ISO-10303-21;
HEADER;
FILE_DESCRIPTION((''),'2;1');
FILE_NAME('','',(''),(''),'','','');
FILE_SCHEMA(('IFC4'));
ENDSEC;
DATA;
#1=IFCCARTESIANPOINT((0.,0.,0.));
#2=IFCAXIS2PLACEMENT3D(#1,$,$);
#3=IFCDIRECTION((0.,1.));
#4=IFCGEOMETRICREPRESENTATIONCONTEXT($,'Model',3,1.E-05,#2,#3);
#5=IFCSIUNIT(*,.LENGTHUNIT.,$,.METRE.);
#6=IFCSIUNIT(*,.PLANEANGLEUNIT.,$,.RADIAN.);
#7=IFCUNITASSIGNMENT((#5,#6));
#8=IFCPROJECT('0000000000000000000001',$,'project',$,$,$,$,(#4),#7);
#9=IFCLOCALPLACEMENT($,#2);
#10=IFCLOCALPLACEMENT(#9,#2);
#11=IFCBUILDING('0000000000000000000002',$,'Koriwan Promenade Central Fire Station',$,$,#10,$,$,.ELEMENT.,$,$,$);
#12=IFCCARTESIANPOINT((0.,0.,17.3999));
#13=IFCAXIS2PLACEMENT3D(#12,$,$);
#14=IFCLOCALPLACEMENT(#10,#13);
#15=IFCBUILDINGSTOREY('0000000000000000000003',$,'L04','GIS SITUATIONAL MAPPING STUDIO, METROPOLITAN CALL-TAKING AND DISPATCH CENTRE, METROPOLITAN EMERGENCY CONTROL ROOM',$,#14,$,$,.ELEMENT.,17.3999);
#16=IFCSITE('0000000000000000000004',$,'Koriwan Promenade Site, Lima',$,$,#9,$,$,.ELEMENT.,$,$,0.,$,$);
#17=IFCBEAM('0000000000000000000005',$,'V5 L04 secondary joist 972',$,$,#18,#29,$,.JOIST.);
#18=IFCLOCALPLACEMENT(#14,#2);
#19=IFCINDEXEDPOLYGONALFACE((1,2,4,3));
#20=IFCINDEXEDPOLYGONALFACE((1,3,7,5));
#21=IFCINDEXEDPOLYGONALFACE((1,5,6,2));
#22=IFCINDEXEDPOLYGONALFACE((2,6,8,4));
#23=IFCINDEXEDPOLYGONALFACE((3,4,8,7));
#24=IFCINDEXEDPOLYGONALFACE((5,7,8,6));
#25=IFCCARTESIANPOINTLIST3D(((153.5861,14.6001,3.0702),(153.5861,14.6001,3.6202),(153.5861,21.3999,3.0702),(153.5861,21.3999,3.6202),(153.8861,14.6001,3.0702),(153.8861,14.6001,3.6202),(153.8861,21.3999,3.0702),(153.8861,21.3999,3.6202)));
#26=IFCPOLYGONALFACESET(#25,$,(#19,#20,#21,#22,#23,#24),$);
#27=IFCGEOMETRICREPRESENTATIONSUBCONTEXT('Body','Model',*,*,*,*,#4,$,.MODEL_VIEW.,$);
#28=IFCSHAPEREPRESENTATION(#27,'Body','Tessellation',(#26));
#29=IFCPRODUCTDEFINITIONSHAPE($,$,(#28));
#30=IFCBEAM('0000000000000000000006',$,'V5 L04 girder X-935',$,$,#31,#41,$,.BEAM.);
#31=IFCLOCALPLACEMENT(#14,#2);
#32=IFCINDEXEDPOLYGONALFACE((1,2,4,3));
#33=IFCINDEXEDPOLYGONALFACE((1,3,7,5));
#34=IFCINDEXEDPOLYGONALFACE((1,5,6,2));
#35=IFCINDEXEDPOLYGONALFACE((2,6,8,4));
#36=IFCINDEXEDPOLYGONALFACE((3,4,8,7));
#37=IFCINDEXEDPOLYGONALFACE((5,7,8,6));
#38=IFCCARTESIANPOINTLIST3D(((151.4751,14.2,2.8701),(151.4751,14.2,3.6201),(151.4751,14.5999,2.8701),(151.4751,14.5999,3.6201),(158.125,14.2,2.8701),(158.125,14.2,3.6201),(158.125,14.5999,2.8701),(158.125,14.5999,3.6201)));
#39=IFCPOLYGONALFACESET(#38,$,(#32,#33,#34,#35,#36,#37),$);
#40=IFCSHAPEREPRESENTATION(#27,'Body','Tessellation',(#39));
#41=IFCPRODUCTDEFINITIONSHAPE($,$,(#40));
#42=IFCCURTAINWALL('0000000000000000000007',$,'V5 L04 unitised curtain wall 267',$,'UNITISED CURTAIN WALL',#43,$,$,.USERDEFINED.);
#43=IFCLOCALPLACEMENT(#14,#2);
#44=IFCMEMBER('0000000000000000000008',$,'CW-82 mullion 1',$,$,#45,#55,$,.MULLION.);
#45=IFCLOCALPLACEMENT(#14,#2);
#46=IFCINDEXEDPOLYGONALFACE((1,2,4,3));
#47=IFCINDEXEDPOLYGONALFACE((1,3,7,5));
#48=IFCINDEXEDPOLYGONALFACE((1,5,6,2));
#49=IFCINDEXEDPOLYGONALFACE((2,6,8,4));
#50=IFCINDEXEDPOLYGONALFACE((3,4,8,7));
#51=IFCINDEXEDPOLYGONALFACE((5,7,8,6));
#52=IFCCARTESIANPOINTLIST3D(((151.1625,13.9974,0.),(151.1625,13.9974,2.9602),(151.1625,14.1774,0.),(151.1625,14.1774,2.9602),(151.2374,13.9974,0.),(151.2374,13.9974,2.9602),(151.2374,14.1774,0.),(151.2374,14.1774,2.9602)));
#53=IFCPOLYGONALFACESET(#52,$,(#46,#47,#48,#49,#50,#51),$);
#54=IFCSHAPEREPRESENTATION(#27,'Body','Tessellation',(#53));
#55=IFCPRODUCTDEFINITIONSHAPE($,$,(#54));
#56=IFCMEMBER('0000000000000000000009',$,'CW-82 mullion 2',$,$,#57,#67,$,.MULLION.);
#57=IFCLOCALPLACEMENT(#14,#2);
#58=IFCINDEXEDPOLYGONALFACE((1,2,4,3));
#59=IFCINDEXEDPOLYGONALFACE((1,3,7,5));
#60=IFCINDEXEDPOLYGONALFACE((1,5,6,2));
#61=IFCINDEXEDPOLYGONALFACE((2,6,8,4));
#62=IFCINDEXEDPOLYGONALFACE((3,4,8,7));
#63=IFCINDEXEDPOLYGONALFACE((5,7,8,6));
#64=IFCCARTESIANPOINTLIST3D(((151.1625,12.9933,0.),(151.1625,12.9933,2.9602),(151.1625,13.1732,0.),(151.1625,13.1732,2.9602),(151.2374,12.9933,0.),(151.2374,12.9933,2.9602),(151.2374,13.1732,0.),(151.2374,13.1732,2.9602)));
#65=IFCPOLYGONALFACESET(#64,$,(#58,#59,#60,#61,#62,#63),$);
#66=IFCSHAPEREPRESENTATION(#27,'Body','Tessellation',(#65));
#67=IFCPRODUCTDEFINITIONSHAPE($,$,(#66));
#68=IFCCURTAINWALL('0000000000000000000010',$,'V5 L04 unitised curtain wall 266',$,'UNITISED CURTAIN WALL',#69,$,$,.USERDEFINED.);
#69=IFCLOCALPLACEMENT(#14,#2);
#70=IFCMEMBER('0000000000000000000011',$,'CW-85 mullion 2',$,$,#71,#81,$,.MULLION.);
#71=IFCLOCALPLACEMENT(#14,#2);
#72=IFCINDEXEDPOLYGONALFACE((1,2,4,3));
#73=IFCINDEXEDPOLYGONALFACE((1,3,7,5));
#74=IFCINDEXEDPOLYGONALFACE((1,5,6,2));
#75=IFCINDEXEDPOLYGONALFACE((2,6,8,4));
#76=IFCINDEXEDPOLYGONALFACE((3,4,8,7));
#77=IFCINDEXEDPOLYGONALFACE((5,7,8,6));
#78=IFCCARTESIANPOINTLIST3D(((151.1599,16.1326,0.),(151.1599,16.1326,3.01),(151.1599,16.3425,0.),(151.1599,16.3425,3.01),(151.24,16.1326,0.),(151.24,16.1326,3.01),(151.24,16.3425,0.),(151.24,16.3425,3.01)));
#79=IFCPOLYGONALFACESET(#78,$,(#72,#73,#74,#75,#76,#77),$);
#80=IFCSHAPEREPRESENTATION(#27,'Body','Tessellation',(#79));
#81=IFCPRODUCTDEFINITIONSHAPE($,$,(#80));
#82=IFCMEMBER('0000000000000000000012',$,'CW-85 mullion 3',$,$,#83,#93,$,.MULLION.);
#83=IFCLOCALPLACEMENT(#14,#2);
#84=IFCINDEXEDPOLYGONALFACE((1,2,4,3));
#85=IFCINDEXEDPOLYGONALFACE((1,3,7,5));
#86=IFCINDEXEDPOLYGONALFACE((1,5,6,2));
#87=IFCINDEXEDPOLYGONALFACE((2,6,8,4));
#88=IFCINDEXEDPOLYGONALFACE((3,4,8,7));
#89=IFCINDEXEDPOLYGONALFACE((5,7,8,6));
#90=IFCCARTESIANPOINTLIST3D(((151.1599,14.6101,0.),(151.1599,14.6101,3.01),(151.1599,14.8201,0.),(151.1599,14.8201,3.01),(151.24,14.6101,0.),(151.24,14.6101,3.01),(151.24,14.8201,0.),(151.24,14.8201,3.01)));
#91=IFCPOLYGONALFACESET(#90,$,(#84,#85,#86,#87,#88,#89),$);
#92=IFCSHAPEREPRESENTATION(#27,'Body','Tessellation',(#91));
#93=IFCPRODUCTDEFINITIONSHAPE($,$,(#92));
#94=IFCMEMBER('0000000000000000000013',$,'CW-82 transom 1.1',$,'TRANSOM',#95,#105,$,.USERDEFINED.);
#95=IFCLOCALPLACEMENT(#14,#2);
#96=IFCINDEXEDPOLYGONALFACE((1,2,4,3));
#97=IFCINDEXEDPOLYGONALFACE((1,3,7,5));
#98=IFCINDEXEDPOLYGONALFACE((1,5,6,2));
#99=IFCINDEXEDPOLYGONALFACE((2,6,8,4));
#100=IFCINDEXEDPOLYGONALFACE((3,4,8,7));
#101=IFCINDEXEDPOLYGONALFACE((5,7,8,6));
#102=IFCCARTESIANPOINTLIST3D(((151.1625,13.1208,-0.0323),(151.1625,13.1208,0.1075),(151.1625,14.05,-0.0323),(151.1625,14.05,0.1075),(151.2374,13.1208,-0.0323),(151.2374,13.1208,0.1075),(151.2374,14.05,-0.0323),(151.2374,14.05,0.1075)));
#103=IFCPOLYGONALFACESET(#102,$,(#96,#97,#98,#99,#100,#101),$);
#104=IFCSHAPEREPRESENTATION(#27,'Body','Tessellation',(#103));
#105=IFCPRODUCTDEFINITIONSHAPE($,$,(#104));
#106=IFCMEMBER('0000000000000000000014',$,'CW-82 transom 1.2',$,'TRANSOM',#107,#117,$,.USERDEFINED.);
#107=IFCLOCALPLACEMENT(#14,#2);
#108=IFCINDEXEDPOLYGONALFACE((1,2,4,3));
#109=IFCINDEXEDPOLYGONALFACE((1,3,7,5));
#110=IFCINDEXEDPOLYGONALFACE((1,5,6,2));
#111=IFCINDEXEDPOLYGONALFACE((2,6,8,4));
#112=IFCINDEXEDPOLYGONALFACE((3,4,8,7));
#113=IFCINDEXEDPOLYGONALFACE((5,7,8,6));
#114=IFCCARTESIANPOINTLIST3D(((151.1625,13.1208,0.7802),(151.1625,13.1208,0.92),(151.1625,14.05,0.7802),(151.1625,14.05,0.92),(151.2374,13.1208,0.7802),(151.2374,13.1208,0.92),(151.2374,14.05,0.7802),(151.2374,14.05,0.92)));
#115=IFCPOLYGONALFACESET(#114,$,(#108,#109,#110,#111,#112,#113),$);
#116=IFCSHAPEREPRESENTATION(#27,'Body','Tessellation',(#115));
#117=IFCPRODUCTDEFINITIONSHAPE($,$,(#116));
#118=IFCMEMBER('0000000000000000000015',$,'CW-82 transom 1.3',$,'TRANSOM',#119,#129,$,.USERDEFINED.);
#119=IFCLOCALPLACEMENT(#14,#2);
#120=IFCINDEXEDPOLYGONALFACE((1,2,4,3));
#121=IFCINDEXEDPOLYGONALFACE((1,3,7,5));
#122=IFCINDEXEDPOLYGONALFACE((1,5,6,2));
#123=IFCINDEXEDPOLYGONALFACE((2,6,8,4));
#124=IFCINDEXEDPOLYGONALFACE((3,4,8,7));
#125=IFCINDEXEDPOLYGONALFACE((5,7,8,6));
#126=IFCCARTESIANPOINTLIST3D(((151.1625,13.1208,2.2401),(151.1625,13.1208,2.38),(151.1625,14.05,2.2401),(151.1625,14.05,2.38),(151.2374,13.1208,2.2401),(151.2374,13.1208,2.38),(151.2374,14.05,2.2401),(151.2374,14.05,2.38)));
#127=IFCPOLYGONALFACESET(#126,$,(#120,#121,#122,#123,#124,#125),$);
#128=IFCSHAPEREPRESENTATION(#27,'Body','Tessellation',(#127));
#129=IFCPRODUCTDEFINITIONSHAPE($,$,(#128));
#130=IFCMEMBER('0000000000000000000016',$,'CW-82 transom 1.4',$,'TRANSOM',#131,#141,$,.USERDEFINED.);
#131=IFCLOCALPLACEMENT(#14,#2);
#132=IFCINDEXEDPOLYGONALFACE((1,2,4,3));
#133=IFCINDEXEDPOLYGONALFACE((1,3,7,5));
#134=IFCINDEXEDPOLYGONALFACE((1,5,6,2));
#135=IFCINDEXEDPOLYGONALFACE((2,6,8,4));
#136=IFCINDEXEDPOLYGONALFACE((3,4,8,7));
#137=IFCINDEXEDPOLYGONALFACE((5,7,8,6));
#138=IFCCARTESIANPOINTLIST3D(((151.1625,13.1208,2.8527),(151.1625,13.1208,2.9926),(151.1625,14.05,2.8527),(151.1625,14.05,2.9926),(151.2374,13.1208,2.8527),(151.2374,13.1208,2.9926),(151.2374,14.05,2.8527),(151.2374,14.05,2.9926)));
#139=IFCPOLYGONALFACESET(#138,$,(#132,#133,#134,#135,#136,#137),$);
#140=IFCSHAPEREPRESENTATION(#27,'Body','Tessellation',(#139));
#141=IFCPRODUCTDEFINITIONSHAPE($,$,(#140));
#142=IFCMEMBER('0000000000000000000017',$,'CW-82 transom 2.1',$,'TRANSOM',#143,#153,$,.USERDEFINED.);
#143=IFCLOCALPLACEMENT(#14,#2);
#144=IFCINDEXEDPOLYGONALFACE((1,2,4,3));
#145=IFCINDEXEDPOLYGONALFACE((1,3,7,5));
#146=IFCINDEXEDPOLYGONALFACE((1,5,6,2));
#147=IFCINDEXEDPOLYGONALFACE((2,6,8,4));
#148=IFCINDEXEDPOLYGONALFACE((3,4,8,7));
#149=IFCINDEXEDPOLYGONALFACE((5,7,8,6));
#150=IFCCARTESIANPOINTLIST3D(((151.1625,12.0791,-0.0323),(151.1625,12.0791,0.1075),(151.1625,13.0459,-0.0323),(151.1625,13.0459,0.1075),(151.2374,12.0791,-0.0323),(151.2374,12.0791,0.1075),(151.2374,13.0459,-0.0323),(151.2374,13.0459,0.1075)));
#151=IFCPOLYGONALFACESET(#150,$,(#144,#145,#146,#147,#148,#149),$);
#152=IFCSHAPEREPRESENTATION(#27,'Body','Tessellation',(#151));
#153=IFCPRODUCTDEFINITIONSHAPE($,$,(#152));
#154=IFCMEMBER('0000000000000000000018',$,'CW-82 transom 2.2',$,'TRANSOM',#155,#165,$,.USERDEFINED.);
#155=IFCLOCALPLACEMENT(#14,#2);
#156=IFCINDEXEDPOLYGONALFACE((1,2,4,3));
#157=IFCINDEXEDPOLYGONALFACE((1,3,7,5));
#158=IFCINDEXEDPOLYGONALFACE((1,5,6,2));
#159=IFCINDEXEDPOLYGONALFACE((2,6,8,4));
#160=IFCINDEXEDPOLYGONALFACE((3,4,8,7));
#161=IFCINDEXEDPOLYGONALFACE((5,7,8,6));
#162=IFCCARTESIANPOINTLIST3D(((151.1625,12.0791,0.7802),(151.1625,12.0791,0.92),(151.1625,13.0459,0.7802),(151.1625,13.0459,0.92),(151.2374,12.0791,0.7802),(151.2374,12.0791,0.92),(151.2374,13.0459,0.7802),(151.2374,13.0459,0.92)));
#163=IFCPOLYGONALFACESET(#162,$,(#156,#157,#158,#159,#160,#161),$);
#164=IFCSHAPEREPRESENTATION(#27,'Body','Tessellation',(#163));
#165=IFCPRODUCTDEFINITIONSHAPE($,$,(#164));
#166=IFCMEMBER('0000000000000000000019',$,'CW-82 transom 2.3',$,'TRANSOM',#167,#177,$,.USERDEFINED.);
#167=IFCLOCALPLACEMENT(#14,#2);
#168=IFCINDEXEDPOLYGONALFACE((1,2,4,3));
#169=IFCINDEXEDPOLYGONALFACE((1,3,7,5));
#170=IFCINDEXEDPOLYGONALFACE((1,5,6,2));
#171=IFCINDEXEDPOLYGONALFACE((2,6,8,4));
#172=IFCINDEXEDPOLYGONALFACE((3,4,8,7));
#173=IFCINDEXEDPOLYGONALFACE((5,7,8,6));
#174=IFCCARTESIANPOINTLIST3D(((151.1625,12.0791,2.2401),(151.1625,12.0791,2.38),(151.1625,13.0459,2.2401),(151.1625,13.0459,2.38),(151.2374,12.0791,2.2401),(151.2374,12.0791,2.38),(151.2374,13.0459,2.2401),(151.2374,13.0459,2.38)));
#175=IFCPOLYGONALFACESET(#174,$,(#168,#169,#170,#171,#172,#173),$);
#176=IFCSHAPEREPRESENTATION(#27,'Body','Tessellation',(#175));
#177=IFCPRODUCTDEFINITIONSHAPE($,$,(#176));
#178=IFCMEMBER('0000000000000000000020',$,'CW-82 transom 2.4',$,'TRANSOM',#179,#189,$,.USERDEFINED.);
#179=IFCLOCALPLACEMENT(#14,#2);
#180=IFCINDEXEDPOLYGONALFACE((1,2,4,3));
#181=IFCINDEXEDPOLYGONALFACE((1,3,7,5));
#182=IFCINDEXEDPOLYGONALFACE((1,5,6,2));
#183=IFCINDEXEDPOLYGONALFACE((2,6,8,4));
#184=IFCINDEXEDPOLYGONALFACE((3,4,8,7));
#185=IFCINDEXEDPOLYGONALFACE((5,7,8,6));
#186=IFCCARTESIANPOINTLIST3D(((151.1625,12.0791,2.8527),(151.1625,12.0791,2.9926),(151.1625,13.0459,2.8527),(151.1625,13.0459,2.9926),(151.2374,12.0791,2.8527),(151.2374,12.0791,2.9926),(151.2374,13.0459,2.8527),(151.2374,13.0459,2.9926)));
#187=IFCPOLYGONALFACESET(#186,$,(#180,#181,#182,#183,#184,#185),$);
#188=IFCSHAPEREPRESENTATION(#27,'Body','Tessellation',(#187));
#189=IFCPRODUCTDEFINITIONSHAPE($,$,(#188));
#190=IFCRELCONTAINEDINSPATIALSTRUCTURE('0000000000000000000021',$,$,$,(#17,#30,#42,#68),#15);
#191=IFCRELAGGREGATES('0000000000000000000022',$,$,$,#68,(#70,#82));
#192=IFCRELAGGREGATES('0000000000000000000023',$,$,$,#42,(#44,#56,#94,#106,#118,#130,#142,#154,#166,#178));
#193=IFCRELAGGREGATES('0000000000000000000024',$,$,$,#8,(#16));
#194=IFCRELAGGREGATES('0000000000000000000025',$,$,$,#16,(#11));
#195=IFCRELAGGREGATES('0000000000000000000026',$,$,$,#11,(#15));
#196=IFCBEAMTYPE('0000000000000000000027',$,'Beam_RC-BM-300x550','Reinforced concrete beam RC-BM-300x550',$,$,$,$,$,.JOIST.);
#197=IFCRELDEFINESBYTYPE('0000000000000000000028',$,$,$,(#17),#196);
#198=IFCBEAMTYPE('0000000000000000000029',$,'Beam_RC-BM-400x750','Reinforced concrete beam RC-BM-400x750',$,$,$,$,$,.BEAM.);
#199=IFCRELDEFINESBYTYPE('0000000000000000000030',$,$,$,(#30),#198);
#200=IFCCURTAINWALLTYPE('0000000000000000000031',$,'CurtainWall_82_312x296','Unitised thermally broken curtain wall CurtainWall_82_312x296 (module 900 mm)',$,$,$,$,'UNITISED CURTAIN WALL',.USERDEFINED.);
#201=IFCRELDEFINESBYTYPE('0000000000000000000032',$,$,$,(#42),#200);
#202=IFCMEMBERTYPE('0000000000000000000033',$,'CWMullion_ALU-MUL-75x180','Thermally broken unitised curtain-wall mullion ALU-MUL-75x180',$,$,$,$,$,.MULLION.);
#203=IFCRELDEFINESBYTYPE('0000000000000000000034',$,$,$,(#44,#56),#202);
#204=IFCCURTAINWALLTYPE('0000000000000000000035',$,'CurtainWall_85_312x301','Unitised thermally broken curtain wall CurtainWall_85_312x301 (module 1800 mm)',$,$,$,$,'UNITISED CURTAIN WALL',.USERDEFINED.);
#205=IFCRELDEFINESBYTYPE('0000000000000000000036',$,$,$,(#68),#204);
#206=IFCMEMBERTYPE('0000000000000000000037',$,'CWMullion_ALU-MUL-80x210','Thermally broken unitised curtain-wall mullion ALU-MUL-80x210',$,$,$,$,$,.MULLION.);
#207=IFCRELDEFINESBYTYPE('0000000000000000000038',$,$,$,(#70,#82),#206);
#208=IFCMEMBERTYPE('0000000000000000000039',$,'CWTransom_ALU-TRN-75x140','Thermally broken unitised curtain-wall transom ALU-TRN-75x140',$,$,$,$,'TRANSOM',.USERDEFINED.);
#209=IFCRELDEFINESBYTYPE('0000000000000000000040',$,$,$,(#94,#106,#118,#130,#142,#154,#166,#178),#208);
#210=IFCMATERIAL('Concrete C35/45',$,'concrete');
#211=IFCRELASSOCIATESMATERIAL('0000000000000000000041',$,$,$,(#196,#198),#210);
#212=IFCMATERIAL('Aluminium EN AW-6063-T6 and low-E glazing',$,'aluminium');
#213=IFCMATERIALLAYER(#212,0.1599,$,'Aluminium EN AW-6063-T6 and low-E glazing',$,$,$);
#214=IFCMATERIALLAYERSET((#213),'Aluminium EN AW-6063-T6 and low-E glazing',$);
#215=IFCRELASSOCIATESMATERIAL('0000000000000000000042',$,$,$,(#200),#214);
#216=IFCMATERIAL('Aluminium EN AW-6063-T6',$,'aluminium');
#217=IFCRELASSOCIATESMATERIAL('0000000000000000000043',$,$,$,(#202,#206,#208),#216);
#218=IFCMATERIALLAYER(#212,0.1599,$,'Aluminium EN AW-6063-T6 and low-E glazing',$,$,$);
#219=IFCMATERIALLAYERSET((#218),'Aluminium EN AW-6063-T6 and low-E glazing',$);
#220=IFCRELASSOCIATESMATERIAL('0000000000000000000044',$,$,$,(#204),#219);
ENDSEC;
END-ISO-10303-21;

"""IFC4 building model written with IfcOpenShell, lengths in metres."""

from ifc_helpers import new_model, si_unit, direction, frame, origin, origin_2d, place, context, subcontext, project, spatial, rectangle, extrude, material, layer, layer_set, material_profile, profile_set, type_object, element, aggregate, save


model = new_model("IFC4")

# Units and contexts
model_context = context("Model", 3, precision=1e-05, world=origin(), true_north=direction((0.0, 1.0)))
body_context = subcontext(model_context, "Body", "Model", "MODEL_VIEW")
ifc_project = project(units=[si_unit("LENGTHUNIT", "METRE"), si_unit("PLANEANGLEUNIT", "RADIAN")], contexts=[model_context])

# Site, building, storey
site_placement = place(None, origin())
site = spatial("IfcSite", under=ifc_project, at=site_placement, Name="Koriwan Promenade Site, Lima", CompositionType="ELEMENT", RefElevation=0.0)
building_placement = place(site_placement, origin())
building = spatial("IfcBuilding", under=site, at=building_placement, Name="Koriwan Promenade Central Fire Station", CompositionType="ELEMENT")
storey_placement = place(building_placement, frame((0.0, 0.0, 17.3999)))
storey = spatial("IfcBuildingStorey", under=building, at=storey_placement, Name="L04", Description="GIS SITUATIONAL MAPPING STUDIO, METROPOLITAN CALL-TAKING AND DISPATCH CENTRE, METROPOLITAN EMERGENCY CONTROL ROOM", CompositionType="ELEMENT", Elevation=17.3999)

# Beams
ifc_material_1 = material(Name="Concrete C35/45", Category="concrete")
ifc_material_profile_1 = material_profile(ifc_material_1, rectangle(XDim=0.3, YDim=0.55, at=origin_2d()), Name="RC-BM-300x550")
ifc_profile_set_1 = profile_set([ifc_material_profile_1], Name="Concrete C35/45")
beam_type_1 = type_object("IfcBeamType", Name="Beam_RC-BM-300x550", Description="Reinforced concrete beam RC-BM-300x550", PredefinedType="JOIST", material=ifc_profile_set_1)
beam_1_placement = place(storey_placement, frame((153.7361, 14.6001, 3.3452), z_axis=(0.0, 1.0, 0.0), x_axis=(-1.0, 0.0, 0.0)))
element("IfcBeam", 1, at=beam_1_placement, inside=storey, type_object=beam_type_1, Name="V5 L04 secondary joist 972", PredefinedType="JOIST", context=body_context, shape_type="SweptSolid", body=[
    extrude(rectangle(XDim=0.3, YDim=0.55, at=origin_2d()), origin(), (0.0, 0.0, 1.0), 6.7998),
])
ifc_material_profile_2 = material_profile(ifc_material_1, rectangle(XDim=0.3999, YDim=0.75, at=origin_2d()), Name="RC-BM-400x750")
ifc_profile_set_2 = profile_set([ifc_material_profile_2], Name="Concrete C35/45")
beam_type_2 = type_object("IfcBeamType", Name="Beam_RC-BM-400x750", Description="Reinforced concrete beam RC-BM-400x750", PredefinedType="BEAM", material=ifc_profile_set_2)
beam_2_placement = place(storey_placement, frame((151.4751, 14.3999, 3.2451), z_axis=(1.0, 0.0, 0.0), x_axis=(0.0, 1.0, 0.0)))
element("IfcBeam", 2, at=beam_2_placement, inside=storey, type_object=beam_type_2, Name="V5 L04 girder X-935", PredefinedType="BEAM", context=body_context, shape_type="SweptSolid", body=[
    extrude(rectangle(XDim=0.3999, YDim=0.75, at=origin_2d()), origin(), (0.0, 0.0, 1.0), 6.6499),
])

# Curtain walls, members
ifc_material_2 = material(Name="Aluminium EN AW-6063-T6 and low-E glazing", Category="aluminium")
ifc_layer_1 = layer(ifc_material_2, 0.1599, Name="Aluminium EN AW-6063-T6 and low-E glazing")
ifc_layer_set_1 = layer_set([ifc_layer_1], Name="Aluminium EN AW-6063-T6 and low-E glazing")
curtain_wall_type_1 = type_object("IfcCurtainWallType", Name="CurtainWall_82_312x296", Description="Unitised thermally broken curtain wall CurtainWall_82_312x296 (module 900 mm)", ElementType="UNITISED CURTAIN WALL", PredefinedType="USERDEFINED", material=ifc_layer_set_1)
curtain_wall_1_placement = place(storey_placement, origin())
curtain_wall_1 = element("IfcCurtainWall", 3, at=curtain_wall_1_placement, inside=storey, type_object=curtain_wall_type_1, Name="V5 L04 unitised curtain wall 267", ObjectType="UNITISED CURTAIN WALL", PredefinedType="USERDEFINED")
ifc_material_3 = material(Name="Aluminium EN AW-6063-T6", Category="aluminium")
ifc_material_profile_3 = material_profile(ifc_material_3, rectangle(XDim=0.075, YDim=0.1799, at=origin_2d()), Name="ALU-MUL-75x180")
ifc_profile_set_3 = profile_set([ifc_material_profile_3], Name="Aluminium EN AW-6063-T6")
member_type_1 = type_object("IfcMemberType", Name="CWMullion_ALU-MUL-75x180", Description="Thermally broken unitised curtain-wall mullion ALU-MUL-75x180", PredefinedType="MULLION", material=ifc_profile_set_3)
member_1_placement = place(storey_placement, frame((151.2, 14.0874, 0.0), z_axis=(0.0, 0.0, 1.0), x_axis=(1.0, 0.0, 0.0)))
member_1 = element("IfcMember", 4, at=member_1_placement, type_object=member_type_1, Name="CW-82 mullion 1", PredefinedType="MULLION", context=body_context, shape_type="SweptSolid", body=[
    extrude(rectangle(XDim=0.075, YDim=0.1799, at=origin_2d()), origin(), (0.0, 0.0, 1.0), 2.9602),
])
member_2_placement = place(storey_placement, frame((151.2, 13.0833, 0.0), z_axis=(0.0, 0.0, 1.0), x_axis=(1.0, 0.0, 0.0)))
member_2 = element("IfcMember", 5, at=member_2_placement, type_object=member_type_1, Name="CW-82 mullion 2", PredefinedType="MULLION", context=body_context, shape_type="SweptSolid", body=[
    extrude(rectangle(XDim=0.075, YDim=0.1799, at=origin_2d()), origin(), (0.0, 0.0, 1.0), 2.9602),
])
ifc_layer_2 = layer(ifc_material_2, 0.1599, Name="Aluminium EN AW-6063-T6 and low-E glazing")
ifc_layer_set_2 = layer_set([ifc_layer_2], Name="Aluminium EN AW-6063-T6 and low-E glazing")
curtain_wall_type_2 = type_object("IfcCurtainWallType", Name="CurtainWall_85_312x301", Description="Unitised thermally broken curtain wall CurtainWall_85_312x301 (module 1800 mm)", ElementType="UNITISED CURTAIN WALL", PredefinedType="USERDEFINED", material=ifc_layer_set_2)
curtain_wall_2_placement = place(storey_placement, origin())
curtain_wall_2 = element("IfcCurtainWall", 6, at=curtain_wall_2_placement, inside=storey, type_object=curtain_wall_type_2, Name="V5 L04 unitised curtain wall 266", ObjectType="UNITISED CURTAIN WALL", PredefinedType="USERDEFINED")
ifc_material_profile_4 = material_profile(ifc_material_3, rectangle(XDim=0.0801, YDim=0.21, at=origin_2d()), Name="ALU-MUL-80x210")
ifc_profile_set_4 = profile_set([ifc_material_profile_4], Name="Aluminium EN AW-6063-T6")
member_type_2 = type_object("IfcMemberType", Name="CWMullion_ALU-MUL-80x210", Description="Thermally broken unitised curtain-wall mullion ALU-MUL-80x210", PredefinedType="MULLION", material=ifc_profile_set_4)
member_3_placement = place(storey_placement, frame((151.2, 16.2375, 0.0), z_axis=(0.0, 0.0, 1.0), x_axis=(1.0, 0.0, 0.0)))
member_3 = element("IfcMember", 7, at=member_3_placement, type_object=member_type_2, Name="CW-85 mullion 2", PredefinedType="MULLION", context=body_context, shape_type="SweptSolid", body=[
    extrude(rectangle(XDim=0.0801, YDim=0.21, at=origin_2d()), origin(), (0.0, 0.0, 1.0), 3.01),
])
member_4_placement = place(storey_placement, frame((151.2, 14.7151, 0.0), z_axis=(0.0, 0.0, 1.0), x_axis=(1.0, 0.0, 0.0)))
member_4 = element("IfcMember", 8, at=member_4_placement, type_object=member_type_2, Name="CW-85 mullion 3", PredefinedType="MULLION", context=body_context, shape_type="SweptSolid", body=[
    extrude(rectangle(XDim=0.0801, YDim=0.21, at=origin_2d()), origin(), (0.0, 0.0, 1.0), 3.01),
])

# Members
ifc_material_profile_5 = material_profile(ifc_material_3, rectangle(XDim=0.075, YDim=0.1399, at=origin_2d()), Name="ALU-TRN-75x140")
ifc_profile_set_5 = profile_set([ifc_material_profile_5], Name="Aluminium EN AW-6063-T6")
member_type_3 = type_object("IfcMemberType", Name="CWTransom_ALU-TRN-75x140", Description="Thermally broken unitised curtain-wall transom ALU-TRN-75x140", ElementType="TRANSOM", PredefinedType="USERDEFINED", material=ifc_profile_set_5)
member_5_placement = place(storey_placement, frame((151.2, 14.05, 0.0376), z_axis=(0.0, -1.0, 0.0), x_axis=(1.0, 0.0, 0.0)))
member_5 = element("IfcMember", 9, at=member_5_placement, type_object=member_type_3, Name="CW-82 transom 1.1", ObjectType="TRANSOM", PredefinedType="USERDEFINED", context=body_context, shape_type="SweptSolid", body=[
    extrude(rectangle(XDim=0.075, YDim=0.1399, at=origin_2d()), origin(), (0.0, 0.0, 1.0), 0.9292),
])
member_6_placement = place(storey_placement, frame((151.2, 14.05, 0.8501), z_axis=(0.0, -1.0, 0.0), x_axis=(1.0, 0.0, 0.0)))
member_6 = element("IfcMember", 10, at=member_6_placement, type_object=member_type_3, Name="CW-82 transom 1.2", ObjectType="TRANSOM", PredefinedType="USERDEFINED", context=body_context, shape_type="SweptSolid", body=[
    extrude(rectangle(XDim=0.075, YDim=0.1399, at=origin_2d()), origin(), (0.0, 0.0, 1.0), 0.9292),
])
member_7_placement = place(storey_placement, frame((151.2, 14.05, 2.3101), z_axis=(0.0, -1.0, 0.0), x_axis=(1.0, 0.0, 0.0)))
member_7 = element("IfcMember", 11, at=member_7_placement, type_object=member_type_3, Name="CW-82 transom 1.3", ObjectType="TRANSOM", PredefinedType="USERDEFINED", context=body_context, shape_type="SweptSolid", body=[
    extrude(rectangle(XDim=0.075, YDim=0.1399, at=origin_2d()), origin(), (0.0, 0.0, 1.0), 0.9292),
])
member_8_placement = place(storey_placement, frame((151.2, 14.05, 2.9226), z_axis=(0.0, -1.0, 0.0), x_axis=(1.0, 0.0, 0.0)))
member_8 = element("IfcMember", 12, at=member_8_placement, type_object=member_type_3, Name="CW-82 transom 1.4", ObjectType="TRANSOM", PredefinedType="USERDEFINED", context=body_context, shape_type="SweptSolid", body=[
    extrude(rectangle(XDim=0.075, YDim=0.1399, at=origin_2d()), origin(), (0.0, 0.0, 1.0), 0.9292),
])
member_9_placement = place(storey_placement, frame((151.2, 13.0459, 0.0376), z_axis=(0.0, -1.0, 0.0), x_axis=(1.0, 0.0, 0.0)))
member_9 = element("IfcMember", 13, at=member_9_placement, type_object=member_type_3, Name="CW-82 transom 2.1", ObjectType="TRANSOM", PredefinedType="USERDEFINED", context=body_context, shape_type="SweptSolid", body=[
    extrude(rectangle(XDim=0.075, YDim=0.1399, at=origin_2d()), origin(), (0.0, 0.0, 1.0), 0.9668),
])
member_10_placement = place(storey_placement, frame((151.2, 13.0459, 0.8501), z_axis=(0.0, -1.0, 0.0), x_axis=(1.0, 0.0, 0.0)))
member_10 = element("IfcMember", 14, at=member_10_placement, type_object=member_type_3, Name="CW-82 transom 2.2", ObjectType="TRANSOM", PredefinedType="USERDEFINED", context=body_context, shape_type="SweptSolid", body=[
    extrude(rectangle(XDim=0.075, YDim=0.1399, at=origin_2d()), origin(), (0.0, 0.0, 1.0), 0.9668),
])
member_11_placement = place(storey_placement, frame((151.2, 13.0459, 2.3101), z_axis=(0.0, -1.0, 0.0), x_axis=(1.0, 0.0, 0.0)))
member_11 = element("IfcMember", 15, at=member_11_placement, type_object=member_type_3, Name="CW-82 transom 2.3", ObjectType="TRANSOM", PredefinedType="USERDEFINED", context=body_context, shape_type="SweptSolid", body=[
    extrude(rectangle(XDim=0.075, YDim=0.1399, at=origin_2d()), origin(), (0.0, 0.0, 1.0), 0.9668),
])
member_12_placement = place(storey_placement, frame((151.2, 13.0459, 2.9226), z_axis=(0.0, -1.0, 0.0), x_axis=(1.0, 0.0, 0.0)))
member_12 = element("IfcMember", 16, at=member_12_placement, type_object=member_type_3, Name="CW-82 transom 2.4", ObjectType="TRANSOM", PredefinedType="USERDEFINED", context=body_context, shape_type="SweptSolid", body=[
    extrude(rectangle(XDim=0.075, YDim=0.1399, at=origin_2d()), origin(), (0.0, 0.0, 1.0), 0.9668),
])

aggregate(curtain_wall_2, [member_3, member_4])
aggregate(curtain_wall_1, [member_1, member_2, member_5, member_6, member_7, member_8, member_9, member_10, member_11, member_12])

save(model, "model.ifc")
